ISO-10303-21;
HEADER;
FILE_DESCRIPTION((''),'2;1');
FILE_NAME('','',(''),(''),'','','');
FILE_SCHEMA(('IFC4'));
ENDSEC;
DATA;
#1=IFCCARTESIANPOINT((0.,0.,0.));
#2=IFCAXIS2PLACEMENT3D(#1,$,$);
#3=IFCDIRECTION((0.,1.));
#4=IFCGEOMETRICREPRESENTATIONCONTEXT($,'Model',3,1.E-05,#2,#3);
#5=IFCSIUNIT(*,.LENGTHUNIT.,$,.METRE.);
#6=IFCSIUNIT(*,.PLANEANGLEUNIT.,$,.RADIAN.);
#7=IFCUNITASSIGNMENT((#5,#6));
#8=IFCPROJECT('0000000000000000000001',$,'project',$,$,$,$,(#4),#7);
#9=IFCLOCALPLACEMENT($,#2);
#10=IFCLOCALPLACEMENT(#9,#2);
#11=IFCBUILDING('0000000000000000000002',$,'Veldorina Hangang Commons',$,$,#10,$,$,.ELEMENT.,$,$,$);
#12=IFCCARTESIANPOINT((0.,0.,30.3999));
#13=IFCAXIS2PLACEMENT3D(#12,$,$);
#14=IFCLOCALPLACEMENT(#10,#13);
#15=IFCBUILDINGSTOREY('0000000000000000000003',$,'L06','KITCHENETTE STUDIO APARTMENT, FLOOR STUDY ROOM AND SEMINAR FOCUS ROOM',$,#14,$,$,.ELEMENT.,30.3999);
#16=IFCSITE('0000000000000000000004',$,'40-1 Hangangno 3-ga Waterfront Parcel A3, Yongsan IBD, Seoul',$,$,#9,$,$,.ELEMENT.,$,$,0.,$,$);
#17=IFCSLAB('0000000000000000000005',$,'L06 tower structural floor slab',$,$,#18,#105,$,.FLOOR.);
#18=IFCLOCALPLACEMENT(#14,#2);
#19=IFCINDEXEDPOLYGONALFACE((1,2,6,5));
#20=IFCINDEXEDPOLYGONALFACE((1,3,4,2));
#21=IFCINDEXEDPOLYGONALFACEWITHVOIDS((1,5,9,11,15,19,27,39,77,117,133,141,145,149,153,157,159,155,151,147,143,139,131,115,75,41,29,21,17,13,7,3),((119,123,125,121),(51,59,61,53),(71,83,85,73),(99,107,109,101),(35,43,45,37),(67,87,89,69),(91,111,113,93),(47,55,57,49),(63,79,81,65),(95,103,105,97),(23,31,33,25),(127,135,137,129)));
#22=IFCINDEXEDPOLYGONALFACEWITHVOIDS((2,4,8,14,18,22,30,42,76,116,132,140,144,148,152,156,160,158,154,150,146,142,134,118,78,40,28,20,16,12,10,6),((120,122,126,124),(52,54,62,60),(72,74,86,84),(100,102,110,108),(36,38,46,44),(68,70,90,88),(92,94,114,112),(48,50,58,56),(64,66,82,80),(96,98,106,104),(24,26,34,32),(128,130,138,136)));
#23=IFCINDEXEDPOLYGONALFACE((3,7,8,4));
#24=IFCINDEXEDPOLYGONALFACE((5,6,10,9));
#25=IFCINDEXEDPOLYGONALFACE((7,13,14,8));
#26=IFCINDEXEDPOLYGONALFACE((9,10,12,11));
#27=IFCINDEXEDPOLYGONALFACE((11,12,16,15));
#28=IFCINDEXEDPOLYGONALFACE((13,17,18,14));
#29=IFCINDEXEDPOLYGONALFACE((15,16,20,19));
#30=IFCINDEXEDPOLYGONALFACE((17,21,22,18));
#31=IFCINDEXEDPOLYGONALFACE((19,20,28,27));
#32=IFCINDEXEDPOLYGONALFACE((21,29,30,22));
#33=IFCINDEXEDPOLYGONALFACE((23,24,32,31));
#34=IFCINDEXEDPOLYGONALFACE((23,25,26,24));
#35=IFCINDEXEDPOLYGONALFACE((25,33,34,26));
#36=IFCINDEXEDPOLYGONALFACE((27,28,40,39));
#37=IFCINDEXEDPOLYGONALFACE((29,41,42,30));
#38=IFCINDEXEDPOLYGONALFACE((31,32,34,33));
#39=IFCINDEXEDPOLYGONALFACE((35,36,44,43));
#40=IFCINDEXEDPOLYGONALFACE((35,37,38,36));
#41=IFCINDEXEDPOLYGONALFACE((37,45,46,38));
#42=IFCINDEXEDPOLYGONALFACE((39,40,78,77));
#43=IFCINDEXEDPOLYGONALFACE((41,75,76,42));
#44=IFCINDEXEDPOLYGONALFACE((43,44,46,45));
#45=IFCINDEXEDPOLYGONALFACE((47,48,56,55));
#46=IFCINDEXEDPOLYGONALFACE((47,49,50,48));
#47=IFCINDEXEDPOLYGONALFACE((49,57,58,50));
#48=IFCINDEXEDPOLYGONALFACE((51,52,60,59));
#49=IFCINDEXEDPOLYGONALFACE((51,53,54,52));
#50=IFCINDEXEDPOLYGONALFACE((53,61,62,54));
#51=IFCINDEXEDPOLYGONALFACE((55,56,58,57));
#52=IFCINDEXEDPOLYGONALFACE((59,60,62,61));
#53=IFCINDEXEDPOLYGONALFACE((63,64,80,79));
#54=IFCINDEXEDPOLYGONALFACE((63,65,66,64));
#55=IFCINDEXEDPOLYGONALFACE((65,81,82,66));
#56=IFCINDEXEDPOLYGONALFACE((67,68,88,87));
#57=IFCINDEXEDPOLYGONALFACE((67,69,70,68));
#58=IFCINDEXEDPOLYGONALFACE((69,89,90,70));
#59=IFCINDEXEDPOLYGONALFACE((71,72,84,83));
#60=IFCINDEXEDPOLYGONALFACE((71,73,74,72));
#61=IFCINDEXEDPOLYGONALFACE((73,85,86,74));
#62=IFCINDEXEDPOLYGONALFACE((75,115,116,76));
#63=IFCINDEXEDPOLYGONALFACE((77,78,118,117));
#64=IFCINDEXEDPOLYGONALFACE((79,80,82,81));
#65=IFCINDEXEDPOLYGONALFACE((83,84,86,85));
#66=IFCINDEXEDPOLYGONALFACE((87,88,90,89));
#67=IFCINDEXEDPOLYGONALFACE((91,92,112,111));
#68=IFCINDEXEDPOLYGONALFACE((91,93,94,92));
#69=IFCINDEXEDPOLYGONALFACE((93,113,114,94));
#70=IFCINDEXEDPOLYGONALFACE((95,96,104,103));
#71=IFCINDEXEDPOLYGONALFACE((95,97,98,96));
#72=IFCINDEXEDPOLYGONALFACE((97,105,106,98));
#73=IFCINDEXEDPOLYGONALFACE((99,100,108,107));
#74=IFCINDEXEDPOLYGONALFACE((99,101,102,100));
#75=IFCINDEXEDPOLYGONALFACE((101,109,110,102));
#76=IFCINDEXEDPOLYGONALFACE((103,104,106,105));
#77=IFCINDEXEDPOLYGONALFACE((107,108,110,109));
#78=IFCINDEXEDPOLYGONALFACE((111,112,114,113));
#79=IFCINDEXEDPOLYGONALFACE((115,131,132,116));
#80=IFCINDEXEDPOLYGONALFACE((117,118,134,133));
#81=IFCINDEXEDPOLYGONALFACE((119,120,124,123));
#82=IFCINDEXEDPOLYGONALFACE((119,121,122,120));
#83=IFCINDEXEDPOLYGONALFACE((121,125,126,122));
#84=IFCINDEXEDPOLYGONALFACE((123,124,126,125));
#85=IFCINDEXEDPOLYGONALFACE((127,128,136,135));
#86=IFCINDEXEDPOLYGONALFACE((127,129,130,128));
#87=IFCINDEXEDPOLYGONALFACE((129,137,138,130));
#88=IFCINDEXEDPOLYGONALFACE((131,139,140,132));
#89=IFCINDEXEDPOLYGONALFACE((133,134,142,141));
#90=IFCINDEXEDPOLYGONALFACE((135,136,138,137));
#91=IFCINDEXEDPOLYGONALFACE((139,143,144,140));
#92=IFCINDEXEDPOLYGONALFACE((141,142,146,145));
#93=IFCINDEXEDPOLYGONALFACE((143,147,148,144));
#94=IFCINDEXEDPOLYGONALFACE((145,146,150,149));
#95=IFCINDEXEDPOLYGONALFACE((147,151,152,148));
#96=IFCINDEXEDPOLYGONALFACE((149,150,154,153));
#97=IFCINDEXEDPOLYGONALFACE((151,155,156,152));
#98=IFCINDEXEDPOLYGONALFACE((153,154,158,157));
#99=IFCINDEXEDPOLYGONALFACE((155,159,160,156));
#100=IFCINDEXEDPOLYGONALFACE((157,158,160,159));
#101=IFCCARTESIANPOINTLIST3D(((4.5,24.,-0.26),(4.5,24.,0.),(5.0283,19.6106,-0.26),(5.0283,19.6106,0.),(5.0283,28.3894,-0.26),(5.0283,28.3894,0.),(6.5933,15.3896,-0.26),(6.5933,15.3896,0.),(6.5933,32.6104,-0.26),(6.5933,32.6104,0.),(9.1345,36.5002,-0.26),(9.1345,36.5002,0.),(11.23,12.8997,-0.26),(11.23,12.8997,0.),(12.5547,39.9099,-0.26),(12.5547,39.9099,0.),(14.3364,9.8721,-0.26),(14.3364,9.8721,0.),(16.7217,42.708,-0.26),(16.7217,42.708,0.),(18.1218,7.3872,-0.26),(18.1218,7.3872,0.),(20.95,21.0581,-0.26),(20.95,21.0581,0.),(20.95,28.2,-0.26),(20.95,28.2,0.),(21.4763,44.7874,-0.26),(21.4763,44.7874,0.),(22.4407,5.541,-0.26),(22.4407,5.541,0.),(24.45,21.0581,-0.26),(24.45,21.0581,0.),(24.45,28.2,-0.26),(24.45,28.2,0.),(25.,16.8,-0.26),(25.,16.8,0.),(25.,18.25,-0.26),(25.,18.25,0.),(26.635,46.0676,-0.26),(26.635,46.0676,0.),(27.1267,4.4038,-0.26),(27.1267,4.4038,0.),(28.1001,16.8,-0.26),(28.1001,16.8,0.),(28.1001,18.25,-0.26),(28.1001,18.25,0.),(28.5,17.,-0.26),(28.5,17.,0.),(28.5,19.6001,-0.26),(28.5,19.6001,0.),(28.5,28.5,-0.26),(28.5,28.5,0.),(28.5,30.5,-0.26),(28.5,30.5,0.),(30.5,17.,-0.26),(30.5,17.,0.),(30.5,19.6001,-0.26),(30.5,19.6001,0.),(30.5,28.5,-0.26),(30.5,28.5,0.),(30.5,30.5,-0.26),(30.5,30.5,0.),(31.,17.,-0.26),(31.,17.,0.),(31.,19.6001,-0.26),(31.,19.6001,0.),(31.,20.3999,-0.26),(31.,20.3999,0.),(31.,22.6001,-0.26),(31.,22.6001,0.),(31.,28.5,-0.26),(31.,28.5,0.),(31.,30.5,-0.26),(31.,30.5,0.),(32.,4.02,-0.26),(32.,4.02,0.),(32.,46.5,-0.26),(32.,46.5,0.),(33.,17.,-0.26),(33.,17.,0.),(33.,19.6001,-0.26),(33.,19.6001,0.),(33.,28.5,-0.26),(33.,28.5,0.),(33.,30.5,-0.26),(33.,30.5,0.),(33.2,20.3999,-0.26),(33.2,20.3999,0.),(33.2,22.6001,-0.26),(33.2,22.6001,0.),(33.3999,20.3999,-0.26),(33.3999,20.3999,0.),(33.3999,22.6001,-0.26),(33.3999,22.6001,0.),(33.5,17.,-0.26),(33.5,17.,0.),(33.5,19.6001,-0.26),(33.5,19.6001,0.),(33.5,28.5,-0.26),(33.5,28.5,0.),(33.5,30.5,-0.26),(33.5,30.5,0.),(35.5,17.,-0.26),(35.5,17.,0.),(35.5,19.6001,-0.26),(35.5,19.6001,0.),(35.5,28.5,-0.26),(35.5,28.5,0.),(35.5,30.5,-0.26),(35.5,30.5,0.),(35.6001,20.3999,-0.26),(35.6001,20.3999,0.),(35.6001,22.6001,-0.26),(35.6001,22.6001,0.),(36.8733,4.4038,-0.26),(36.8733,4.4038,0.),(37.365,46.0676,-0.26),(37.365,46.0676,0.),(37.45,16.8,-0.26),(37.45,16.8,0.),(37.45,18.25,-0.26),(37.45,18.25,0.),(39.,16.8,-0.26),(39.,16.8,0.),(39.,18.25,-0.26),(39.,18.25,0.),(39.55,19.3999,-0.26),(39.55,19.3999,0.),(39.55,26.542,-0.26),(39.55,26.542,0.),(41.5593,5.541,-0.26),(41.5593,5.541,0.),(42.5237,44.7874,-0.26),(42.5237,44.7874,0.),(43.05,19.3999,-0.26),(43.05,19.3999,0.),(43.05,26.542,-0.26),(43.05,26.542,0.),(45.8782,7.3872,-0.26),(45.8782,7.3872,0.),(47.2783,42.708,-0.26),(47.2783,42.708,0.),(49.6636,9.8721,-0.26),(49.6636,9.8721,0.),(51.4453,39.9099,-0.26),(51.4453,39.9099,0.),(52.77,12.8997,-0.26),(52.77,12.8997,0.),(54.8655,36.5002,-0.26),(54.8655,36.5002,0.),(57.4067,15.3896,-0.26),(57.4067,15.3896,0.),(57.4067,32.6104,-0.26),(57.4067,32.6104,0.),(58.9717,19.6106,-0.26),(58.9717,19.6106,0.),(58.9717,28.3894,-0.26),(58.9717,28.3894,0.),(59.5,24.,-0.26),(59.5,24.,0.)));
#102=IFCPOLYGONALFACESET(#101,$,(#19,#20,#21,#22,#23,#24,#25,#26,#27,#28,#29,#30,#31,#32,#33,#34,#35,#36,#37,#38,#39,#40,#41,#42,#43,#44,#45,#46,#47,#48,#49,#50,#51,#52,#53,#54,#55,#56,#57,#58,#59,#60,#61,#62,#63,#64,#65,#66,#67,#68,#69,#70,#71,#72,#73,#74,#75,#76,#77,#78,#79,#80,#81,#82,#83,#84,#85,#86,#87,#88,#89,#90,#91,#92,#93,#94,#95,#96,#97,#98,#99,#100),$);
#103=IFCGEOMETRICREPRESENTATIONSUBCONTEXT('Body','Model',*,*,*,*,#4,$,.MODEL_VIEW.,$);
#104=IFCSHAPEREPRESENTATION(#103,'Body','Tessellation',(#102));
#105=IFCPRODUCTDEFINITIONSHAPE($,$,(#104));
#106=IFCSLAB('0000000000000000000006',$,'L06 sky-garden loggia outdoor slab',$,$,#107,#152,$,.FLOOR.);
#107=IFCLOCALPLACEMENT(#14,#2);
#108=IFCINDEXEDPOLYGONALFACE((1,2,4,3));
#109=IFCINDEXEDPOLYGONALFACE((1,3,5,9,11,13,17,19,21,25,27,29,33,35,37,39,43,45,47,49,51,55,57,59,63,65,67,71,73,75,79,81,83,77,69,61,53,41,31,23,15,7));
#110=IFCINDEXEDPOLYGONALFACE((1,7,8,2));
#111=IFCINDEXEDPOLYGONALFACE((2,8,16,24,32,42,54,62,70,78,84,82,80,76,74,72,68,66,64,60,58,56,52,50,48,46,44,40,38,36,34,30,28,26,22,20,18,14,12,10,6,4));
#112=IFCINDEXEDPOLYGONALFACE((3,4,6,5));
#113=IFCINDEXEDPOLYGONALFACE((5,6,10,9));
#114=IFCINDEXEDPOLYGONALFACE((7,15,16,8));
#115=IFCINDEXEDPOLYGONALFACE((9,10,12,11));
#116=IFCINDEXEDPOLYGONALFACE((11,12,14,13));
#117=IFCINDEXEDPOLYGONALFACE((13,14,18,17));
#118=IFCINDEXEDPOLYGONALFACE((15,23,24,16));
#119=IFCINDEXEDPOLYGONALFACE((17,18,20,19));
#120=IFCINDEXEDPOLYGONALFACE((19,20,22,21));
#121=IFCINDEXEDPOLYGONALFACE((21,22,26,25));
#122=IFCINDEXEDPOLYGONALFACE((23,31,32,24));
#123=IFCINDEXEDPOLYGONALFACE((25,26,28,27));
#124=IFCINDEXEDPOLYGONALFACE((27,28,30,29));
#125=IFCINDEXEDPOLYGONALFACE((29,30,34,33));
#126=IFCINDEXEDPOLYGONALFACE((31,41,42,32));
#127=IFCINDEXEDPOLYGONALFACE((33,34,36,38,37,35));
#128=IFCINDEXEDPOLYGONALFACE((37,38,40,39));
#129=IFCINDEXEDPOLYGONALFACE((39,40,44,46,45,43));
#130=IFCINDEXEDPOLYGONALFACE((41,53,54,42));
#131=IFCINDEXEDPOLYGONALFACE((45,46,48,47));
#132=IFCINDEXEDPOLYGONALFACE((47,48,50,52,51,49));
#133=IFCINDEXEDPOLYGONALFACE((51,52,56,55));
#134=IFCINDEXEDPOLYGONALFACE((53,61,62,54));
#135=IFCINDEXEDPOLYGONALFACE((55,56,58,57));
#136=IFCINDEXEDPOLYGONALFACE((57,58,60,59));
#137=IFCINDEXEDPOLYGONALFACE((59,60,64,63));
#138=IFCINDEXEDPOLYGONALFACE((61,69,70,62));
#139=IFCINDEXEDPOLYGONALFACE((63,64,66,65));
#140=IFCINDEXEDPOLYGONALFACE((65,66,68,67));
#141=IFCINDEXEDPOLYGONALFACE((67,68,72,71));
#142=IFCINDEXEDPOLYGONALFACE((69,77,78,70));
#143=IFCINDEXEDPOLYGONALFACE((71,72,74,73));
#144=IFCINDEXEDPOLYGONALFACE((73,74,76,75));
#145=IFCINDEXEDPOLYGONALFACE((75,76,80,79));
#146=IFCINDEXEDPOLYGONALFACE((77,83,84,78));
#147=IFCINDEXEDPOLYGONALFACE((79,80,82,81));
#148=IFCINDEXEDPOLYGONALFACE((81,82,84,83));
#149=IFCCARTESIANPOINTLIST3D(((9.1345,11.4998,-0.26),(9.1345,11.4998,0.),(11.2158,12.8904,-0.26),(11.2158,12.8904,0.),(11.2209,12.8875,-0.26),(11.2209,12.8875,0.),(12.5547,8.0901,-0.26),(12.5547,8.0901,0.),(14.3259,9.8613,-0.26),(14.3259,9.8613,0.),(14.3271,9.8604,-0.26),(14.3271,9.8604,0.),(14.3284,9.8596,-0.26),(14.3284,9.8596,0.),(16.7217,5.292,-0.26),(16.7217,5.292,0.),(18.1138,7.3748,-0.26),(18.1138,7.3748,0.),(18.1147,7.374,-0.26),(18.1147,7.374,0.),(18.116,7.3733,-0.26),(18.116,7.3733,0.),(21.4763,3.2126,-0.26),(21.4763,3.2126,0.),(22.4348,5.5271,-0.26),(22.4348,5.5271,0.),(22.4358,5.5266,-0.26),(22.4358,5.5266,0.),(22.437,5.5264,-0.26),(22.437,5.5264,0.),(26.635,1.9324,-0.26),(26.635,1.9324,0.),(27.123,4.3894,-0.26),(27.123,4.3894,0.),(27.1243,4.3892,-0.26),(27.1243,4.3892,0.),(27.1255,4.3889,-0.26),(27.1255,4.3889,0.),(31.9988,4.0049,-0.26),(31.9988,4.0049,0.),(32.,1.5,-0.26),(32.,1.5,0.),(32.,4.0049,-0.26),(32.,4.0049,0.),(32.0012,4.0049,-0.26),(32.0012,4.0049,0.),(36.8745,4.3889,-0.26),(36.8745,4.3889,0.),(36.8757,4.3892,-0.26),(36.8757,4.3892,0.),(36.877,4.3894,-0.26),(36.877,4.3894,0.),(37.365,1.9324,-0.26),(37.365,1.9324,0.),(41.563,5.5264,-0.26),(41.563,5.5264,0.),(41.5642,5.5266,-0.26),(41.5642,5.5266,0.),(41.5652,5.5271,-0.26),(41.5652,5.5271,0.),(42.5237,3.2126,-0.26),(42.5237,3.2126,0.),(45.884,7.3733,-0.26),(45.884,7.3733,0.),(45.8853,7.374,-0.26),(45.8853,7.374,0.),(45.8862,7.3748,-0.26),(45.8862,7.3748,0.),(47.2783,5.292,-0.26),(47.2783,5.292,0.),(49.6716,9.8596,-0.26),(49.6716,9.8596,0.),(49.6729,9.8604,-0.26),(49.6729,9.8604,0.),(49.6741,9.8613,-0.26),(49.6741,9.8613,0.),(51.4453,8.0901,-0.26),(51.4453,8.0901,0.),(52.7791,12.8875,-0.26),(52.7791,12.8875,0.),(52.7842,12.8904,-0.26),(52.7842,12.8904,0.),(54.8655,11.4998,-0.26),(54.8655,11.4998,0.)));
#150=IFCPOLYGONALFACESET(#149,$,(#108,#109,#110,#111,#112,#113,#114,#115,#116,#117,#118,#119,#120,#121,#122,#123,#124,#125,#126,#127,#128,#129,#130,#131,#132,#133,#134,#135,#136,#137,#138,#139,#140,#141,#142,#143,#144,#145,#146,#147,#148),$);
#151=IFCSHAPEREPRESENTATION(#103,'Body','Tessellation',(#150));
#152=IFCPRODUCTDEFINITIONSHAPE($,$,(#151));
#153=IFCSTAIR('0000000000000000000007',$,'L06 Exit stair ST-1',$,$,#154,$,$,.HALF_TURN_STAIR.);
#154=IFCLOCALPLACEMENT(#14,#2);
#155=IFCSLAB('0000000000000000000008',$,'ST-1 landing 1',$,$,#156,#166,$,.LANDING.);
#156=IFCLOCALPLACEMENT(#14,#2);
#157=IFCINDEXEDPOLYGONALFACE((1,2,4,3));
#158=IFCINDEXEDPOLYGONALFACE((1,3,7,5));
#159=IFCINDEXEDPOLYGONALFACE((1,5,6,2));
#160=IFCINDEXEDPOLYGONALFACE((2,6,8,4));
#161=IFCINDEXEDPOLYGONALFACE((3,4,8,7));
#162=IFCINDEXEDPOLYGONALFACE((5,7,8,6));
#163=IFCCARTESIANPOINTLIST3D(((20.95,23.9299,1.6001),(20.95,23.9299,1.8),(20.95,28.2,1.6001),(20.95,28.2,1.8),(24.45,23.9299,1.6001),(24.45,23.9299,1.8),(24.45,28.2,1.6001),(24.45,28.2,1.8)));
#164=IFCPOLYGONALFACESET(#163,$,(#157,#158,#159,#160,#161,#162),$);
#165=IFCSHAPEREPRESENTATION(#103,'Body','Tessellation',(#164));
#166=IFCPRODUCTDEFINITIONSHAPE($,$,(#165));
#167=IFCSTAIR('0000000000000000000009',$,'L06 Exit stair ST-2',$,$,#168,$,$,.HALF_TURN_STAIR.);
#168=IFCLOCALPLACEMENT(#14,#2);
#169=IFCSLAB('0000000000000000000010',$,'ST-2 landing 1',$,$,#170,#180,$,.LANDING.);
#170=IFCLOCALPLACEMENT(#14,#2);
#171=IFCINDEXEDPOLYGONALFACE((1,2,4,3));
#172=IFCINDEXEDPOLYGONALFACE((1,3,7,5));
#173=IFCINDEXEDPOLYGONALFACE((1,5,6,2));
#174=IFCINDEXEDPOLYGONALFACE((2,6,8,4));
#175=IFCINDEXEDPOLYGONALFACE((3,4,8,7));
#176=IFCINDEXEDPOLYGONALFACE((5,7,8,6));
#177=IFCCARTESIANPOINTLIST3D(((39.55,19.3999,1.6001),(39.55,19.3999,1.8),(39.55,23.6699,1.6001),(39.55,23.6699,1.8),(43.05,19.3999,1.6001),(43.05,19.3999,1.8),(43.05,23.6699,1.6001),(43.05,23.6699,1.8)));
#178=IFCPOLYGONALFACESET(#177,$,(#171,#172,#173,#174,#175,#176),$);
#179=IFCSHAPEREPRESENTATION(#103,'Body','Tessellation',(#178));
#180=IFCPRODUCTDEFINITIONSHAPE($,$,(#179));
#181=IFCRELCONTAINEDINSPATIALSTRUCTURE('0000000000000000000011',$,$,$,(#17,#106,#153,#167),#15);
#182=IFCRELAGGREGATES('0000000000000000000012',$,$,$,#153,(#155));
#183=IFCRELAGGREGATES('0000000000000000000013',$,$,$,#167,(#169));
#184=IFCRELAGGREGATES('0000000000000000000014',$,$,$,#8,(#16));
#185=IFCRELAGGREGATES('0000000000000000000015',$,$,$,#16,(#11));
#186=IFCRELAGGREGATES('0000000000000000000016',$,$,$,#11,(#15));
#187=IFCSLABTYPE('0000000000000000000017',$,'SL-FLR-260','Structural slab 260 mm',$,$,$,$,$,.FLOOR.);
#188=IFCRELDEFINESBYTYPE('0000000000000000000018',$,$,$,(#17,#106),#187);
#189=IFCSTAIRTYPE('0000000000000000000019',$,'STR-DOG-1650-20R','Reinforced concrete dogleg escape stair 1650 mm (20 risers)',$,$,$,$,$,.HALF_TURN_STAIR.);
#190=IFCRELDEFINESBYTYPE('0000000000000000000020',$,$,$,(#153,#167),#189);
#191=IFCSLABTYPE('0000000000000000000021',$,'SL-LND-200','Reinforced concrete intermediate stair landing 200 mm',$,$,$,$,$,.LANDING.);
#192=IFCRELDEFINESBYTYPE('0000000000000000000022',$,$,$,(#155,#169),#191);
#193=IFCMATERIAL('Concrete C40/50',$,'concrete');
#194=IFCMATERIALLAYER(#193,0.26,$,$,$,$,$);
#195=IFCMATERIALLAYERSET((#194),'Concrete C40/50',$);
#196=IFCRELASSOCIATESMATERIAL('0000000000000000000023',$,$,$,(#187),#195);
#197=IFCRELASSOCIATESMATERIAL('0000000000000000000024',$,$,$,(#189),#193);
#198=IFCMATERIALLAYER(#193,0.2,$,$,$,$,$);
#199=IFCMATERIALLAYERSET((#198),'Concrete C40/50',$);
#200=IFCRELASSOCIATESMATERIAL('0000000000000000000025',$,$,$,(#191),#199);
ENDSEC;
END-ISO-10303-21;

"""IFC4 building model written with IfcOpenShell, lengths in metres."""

from ifc_helpers import new_model, si_unit, direction, frame, origin, place, context, subcontext, project, spatial, polyline, outline, extrude, material, layer, layer_set, type_object, element, aggregate, save


model = new_model("IFC4")

# Units and contexts
model_context = context("Model", 3, precision=1e-05, world=origin(), true_north=direction((0.0, 1.0)))
body_context = subcontext(model_context, "Body", "Model", "MODEL_VIEW")
ifc_project = project(units=[si_unit("LENGTHUNIT", "METRE"), si_unit("PLANEANGLEUNIT", "RADIAN")], contexts=[model_context])

# Site, building, storey
site_placement = place(None, origin())
site = spatial("IfcSite", under=ifc_project, at=site_placement, Name="40-1 Hangangno 3-ga Waterfront Parcel A3, Yongsan IBD, Seoul", CompositionType="ELEMENT", RefElevation=0.0)
building_placement = place(site_placement, origin())
building = spatial("IfcBuilding", under=site, at=building_placement, Name="Veldorina Hangang Commons", CompositionType="ELEMENT")
storey_placement = place(building_placement, frame((0.0, 0.0, 30.3999)))
storey = spatial("IfcBuildingStorey", under=building, at=storey_placement, Name="L06", Description="KITCHENETTE STUDIO APARTMENT, FLOOR STUDY ROOM AND SEMINAR FOCUS ROOM", CompositionType="ELEMENT", Elevation=30.3999)

# Slabs
ifc_material_1 = material(Name="Concrete C40/50", Category="concrete")
ifc_layer_1 = layer(ifc_material_1, 0.26)
ifc_layer_set_1 = layer_set([ifc_layer_1], Name="Concrete C40/50")
slab_type_1 = type_object("IfcSlabType", Name="SL-FLR-260", Description="Structural slab 260 mm", PredefinedType="FLOOR", material=ifc_layer_set_1)
slab_1_placement = place(storey_placement, frame((0.0, 0.0, -0.26)))
element("IfcSlab", 1, at=slab_1_placement, inside=storey, type_object=slab_type_1, Name="L06 tower structural floor slab", PredefinedType="FLOOR", context=body_context, shape_type="SweptSolid", body=[
    extrude(outline(polyline([(59.5, 24.0), (58.9717, 28.3894), (57.4067, 32.6104), (54.8655, 36.5002), (51.4453, 39.9099), (47.2783, 42.708), (42.5237, 44.7874), (37.365, 46.0676), (32.0, 46.5), (26.635, 46.0676), (21.4763, 44.7874), (16.7217, 42.708), (12.5547, 39.9099), (9.1345, 36.5002), (6.5933, 32.6104), (5.0283, 28.3894), (4.5, 24.0), (5.0283, 19.6106), (6.5933, 15.3896), (11.23, 12.8997), (14.3364, 9.8721), (18.1218, 7.3872), (22.4407, 5.541), (27.1267, 4.4038), (32.0, 4.02), (36.8733, 4.4038), (41.5593, 5.541), (45.8782, 7.3872), (49.6636, 9.8721), (52.77, 12.8997), (57.4067, 15.3896), (58.9717, 19.6106), (59.5, 24.0)]), holes=[polyline([(20.95, 21.0581), (20.95, 28.2), (24.45, 28.2), (24.45, 21.0581), (20.95, 21.0581)]), polyline([(43.05, 26.542), (43.05, 19.3999), (39.55, 19.3999), (39.55, 26.542), (43.05, 26.542)]), polyline([(28.5, 30.5), (30.5, 30.5), (30.5, 28.5), (28.5, 28.5), (28.5, 30.5)]), polyline([(31.0, 30.5), (33.0, 30.5), (33.0, 28.5), (31.0, 28.5), (31.0, 30.5)]), polyline([(33.5, 30.5), (35.5, 30.5), (35.5, 28.5), (33.5, 28.5), (33.5, 30.5)]), polyline([(31.0, 22.6001), (33.2, 22.6001), (33.2, 20.3999), (31.0, 20.3999), (31.0, 22.6001)]), polyline([(33.3999, 22.6001), (35.6001, 22.6001), (35.6001, 20.3999), (33.3999, 20.3999), (33.3999, 22.6001)]), polyline([(28.5, 19.6001), (30.5, 19.6001), (30.5, 17.0), (28.5, 17.0), (28.5, 19.6001)]), polyline([(31.0, 19.6001), (33.0, 19.6001), (33.0, 17.0), (31.0, 17.0), (31.0, 19.6001)]), polyline([(33.5, 19.6001), (35.5, 19.6001), (35.5, 17.0), (33.5, 17.0), (33.5, 19.6001)]), polyline([(25.0, 18.25), (28.1001, 18.25), (28.1001, 16.8), (25.0, 16.8), (25.0, 18.25)]), polyline([(37.45, 18.25), (39.0, 18.25), (39.0, 16.8), (37.45, 16.8), (37.45, 18.25)])]), origin(), (0.0, 0.0, 1.0), 0.26),
])
slab_2_placement = place(storey_placement, frame((0.0, 0.0, -0.26)))
element("IfcSlab", 2, at=slab_2_placement, inside=storey, type_object=slab_type_1, Name="L06 sky-garden loggia outdoor slab", PredefinedType="FLOOR", context=body_context, shape_type="SweptSolid", body=[
    extrude(outline(polyline([(54.8655, 11.4998), (51.4453, 8.0901), (47.2783, 5.292), (42.5237, 3.2126), (37.365, 1.9324), (32.0, 1.5), (26.635, 1.9324), (21.4763, 3.2126), (16.7217, 5.292), (12.5547, 8.0901), (9.1345, 11.4998), (11.2158, 12.8904), (11.2209, 12.8875), (14.3259, 9.8613), (14.3271, 9.8604), (14.3284, 9.8596), (18.1138, 7.3748), (18.1147, 7.374), (18.116, 7.3733), (22.4348, 5.5271), (22.4358, 5.5266), (22.437, 5.5264), (27.123, 4.3894), (27.1243, 4.3892), (27.1255, 4.3889), (31.9988, 4.0049), (32.0, 4.0049), (32.0012, 4.0049), (36.8745, 4.3889), (36.8757, 4.3892), (36.877, 4.3894), (41.563, 5.5264), (41.5642, 5.5266), (41.5652, 5.5271), (45.884, 7.3733), (45.8853, 7.374), (45.8862, 7.3748), (49.6716, 9.8596), (49.6729, 9.8604), (49.6741, 9.8613), (52.7791, 12.8875), (52.7842, 12.8904), (54.8655, 11.4998)])), origin(), (0.0, 0.0, 1.0), 0.26),
])

# Stairs, slabs
stair_type = type_object("IfcStairType", Name="STR-DOG-1650-20R", Description="Reinforced concrete dogleg escape stair 1650 mm (20 risers)", PredefinedType="HALF_TURN_STAIR", material=ifc_material_1)
stair_1_placement = place(storey_placement, origin())
stair_1 = element("IfcStair", 3, at=stair_1_placement, inside=storey, type_object=stair_type, Name="L06 Exit stair ST-1", PredefinedType="HALF_TURN_STAIR")
ifc_layer_2 = layer(ifc_material_1, 0.2)
ifc_layer_set_2 = layer_set([ifc_layer_2], Name="Concrete C40/50")
slab_type_2 = type_object("IfcSlabType", Name="SL-LND-200", Description="Reinforced concrete intermediate stair landing 200 mm", PredefinedType="LANDING", material=ifc_layer_set_2)
slab_3_placement = place(storey_placement, frame((0.0, 0.0, 1.6001)))
slab_3 = element("IfcSlab", 4, at=slab_3_placement, type_object=slab_type_2, Name="ST-1 landing 1", PredefinedType="LANDING", context=body_context, shape_type="SweptSolid", body=[
    extrude(outline(polyline([(24.45, 23.9299), (24.45, 28.2), (20.95, 28.2), (20.95, 23.9299), (24.45, 23.9299)])), origin(), (0.0, 0.0, 1.0), 0.2),
])
aggregate(stair_1, [slab_3])
stair_2_placement = place(storey_placement, origin())
stair_2 = element("IfcStair", 5, at=stair_2_placement, inside=storey, type_object=stair_type, Name="L06 Exit stair ST-2", PredefinedType="HALF_TURN_STAIR")
slab_4_placement = place(storey_placement, frame((0.0, 0.0, 1.6001)))
slab_4 = element("IfcSlab", 6, at=slab_4_placement, type_object=slab_type_2, Name="ST-2 landing 1", PredefinedType="LANDING", context=body_context, shape_type="SweptSolid", body=[
    extrude(outline(polyline([(39.55, 23.6699), (39.55, 19.3999), (43.05, 19.3999), (43.05, 23.6699), (39.55, 23.6699)])), origin(), (0.0, 0.0, 1.0), 0.2),
])
aggregate(stair_2, [slab_4])

save(model, "model.ifc")
